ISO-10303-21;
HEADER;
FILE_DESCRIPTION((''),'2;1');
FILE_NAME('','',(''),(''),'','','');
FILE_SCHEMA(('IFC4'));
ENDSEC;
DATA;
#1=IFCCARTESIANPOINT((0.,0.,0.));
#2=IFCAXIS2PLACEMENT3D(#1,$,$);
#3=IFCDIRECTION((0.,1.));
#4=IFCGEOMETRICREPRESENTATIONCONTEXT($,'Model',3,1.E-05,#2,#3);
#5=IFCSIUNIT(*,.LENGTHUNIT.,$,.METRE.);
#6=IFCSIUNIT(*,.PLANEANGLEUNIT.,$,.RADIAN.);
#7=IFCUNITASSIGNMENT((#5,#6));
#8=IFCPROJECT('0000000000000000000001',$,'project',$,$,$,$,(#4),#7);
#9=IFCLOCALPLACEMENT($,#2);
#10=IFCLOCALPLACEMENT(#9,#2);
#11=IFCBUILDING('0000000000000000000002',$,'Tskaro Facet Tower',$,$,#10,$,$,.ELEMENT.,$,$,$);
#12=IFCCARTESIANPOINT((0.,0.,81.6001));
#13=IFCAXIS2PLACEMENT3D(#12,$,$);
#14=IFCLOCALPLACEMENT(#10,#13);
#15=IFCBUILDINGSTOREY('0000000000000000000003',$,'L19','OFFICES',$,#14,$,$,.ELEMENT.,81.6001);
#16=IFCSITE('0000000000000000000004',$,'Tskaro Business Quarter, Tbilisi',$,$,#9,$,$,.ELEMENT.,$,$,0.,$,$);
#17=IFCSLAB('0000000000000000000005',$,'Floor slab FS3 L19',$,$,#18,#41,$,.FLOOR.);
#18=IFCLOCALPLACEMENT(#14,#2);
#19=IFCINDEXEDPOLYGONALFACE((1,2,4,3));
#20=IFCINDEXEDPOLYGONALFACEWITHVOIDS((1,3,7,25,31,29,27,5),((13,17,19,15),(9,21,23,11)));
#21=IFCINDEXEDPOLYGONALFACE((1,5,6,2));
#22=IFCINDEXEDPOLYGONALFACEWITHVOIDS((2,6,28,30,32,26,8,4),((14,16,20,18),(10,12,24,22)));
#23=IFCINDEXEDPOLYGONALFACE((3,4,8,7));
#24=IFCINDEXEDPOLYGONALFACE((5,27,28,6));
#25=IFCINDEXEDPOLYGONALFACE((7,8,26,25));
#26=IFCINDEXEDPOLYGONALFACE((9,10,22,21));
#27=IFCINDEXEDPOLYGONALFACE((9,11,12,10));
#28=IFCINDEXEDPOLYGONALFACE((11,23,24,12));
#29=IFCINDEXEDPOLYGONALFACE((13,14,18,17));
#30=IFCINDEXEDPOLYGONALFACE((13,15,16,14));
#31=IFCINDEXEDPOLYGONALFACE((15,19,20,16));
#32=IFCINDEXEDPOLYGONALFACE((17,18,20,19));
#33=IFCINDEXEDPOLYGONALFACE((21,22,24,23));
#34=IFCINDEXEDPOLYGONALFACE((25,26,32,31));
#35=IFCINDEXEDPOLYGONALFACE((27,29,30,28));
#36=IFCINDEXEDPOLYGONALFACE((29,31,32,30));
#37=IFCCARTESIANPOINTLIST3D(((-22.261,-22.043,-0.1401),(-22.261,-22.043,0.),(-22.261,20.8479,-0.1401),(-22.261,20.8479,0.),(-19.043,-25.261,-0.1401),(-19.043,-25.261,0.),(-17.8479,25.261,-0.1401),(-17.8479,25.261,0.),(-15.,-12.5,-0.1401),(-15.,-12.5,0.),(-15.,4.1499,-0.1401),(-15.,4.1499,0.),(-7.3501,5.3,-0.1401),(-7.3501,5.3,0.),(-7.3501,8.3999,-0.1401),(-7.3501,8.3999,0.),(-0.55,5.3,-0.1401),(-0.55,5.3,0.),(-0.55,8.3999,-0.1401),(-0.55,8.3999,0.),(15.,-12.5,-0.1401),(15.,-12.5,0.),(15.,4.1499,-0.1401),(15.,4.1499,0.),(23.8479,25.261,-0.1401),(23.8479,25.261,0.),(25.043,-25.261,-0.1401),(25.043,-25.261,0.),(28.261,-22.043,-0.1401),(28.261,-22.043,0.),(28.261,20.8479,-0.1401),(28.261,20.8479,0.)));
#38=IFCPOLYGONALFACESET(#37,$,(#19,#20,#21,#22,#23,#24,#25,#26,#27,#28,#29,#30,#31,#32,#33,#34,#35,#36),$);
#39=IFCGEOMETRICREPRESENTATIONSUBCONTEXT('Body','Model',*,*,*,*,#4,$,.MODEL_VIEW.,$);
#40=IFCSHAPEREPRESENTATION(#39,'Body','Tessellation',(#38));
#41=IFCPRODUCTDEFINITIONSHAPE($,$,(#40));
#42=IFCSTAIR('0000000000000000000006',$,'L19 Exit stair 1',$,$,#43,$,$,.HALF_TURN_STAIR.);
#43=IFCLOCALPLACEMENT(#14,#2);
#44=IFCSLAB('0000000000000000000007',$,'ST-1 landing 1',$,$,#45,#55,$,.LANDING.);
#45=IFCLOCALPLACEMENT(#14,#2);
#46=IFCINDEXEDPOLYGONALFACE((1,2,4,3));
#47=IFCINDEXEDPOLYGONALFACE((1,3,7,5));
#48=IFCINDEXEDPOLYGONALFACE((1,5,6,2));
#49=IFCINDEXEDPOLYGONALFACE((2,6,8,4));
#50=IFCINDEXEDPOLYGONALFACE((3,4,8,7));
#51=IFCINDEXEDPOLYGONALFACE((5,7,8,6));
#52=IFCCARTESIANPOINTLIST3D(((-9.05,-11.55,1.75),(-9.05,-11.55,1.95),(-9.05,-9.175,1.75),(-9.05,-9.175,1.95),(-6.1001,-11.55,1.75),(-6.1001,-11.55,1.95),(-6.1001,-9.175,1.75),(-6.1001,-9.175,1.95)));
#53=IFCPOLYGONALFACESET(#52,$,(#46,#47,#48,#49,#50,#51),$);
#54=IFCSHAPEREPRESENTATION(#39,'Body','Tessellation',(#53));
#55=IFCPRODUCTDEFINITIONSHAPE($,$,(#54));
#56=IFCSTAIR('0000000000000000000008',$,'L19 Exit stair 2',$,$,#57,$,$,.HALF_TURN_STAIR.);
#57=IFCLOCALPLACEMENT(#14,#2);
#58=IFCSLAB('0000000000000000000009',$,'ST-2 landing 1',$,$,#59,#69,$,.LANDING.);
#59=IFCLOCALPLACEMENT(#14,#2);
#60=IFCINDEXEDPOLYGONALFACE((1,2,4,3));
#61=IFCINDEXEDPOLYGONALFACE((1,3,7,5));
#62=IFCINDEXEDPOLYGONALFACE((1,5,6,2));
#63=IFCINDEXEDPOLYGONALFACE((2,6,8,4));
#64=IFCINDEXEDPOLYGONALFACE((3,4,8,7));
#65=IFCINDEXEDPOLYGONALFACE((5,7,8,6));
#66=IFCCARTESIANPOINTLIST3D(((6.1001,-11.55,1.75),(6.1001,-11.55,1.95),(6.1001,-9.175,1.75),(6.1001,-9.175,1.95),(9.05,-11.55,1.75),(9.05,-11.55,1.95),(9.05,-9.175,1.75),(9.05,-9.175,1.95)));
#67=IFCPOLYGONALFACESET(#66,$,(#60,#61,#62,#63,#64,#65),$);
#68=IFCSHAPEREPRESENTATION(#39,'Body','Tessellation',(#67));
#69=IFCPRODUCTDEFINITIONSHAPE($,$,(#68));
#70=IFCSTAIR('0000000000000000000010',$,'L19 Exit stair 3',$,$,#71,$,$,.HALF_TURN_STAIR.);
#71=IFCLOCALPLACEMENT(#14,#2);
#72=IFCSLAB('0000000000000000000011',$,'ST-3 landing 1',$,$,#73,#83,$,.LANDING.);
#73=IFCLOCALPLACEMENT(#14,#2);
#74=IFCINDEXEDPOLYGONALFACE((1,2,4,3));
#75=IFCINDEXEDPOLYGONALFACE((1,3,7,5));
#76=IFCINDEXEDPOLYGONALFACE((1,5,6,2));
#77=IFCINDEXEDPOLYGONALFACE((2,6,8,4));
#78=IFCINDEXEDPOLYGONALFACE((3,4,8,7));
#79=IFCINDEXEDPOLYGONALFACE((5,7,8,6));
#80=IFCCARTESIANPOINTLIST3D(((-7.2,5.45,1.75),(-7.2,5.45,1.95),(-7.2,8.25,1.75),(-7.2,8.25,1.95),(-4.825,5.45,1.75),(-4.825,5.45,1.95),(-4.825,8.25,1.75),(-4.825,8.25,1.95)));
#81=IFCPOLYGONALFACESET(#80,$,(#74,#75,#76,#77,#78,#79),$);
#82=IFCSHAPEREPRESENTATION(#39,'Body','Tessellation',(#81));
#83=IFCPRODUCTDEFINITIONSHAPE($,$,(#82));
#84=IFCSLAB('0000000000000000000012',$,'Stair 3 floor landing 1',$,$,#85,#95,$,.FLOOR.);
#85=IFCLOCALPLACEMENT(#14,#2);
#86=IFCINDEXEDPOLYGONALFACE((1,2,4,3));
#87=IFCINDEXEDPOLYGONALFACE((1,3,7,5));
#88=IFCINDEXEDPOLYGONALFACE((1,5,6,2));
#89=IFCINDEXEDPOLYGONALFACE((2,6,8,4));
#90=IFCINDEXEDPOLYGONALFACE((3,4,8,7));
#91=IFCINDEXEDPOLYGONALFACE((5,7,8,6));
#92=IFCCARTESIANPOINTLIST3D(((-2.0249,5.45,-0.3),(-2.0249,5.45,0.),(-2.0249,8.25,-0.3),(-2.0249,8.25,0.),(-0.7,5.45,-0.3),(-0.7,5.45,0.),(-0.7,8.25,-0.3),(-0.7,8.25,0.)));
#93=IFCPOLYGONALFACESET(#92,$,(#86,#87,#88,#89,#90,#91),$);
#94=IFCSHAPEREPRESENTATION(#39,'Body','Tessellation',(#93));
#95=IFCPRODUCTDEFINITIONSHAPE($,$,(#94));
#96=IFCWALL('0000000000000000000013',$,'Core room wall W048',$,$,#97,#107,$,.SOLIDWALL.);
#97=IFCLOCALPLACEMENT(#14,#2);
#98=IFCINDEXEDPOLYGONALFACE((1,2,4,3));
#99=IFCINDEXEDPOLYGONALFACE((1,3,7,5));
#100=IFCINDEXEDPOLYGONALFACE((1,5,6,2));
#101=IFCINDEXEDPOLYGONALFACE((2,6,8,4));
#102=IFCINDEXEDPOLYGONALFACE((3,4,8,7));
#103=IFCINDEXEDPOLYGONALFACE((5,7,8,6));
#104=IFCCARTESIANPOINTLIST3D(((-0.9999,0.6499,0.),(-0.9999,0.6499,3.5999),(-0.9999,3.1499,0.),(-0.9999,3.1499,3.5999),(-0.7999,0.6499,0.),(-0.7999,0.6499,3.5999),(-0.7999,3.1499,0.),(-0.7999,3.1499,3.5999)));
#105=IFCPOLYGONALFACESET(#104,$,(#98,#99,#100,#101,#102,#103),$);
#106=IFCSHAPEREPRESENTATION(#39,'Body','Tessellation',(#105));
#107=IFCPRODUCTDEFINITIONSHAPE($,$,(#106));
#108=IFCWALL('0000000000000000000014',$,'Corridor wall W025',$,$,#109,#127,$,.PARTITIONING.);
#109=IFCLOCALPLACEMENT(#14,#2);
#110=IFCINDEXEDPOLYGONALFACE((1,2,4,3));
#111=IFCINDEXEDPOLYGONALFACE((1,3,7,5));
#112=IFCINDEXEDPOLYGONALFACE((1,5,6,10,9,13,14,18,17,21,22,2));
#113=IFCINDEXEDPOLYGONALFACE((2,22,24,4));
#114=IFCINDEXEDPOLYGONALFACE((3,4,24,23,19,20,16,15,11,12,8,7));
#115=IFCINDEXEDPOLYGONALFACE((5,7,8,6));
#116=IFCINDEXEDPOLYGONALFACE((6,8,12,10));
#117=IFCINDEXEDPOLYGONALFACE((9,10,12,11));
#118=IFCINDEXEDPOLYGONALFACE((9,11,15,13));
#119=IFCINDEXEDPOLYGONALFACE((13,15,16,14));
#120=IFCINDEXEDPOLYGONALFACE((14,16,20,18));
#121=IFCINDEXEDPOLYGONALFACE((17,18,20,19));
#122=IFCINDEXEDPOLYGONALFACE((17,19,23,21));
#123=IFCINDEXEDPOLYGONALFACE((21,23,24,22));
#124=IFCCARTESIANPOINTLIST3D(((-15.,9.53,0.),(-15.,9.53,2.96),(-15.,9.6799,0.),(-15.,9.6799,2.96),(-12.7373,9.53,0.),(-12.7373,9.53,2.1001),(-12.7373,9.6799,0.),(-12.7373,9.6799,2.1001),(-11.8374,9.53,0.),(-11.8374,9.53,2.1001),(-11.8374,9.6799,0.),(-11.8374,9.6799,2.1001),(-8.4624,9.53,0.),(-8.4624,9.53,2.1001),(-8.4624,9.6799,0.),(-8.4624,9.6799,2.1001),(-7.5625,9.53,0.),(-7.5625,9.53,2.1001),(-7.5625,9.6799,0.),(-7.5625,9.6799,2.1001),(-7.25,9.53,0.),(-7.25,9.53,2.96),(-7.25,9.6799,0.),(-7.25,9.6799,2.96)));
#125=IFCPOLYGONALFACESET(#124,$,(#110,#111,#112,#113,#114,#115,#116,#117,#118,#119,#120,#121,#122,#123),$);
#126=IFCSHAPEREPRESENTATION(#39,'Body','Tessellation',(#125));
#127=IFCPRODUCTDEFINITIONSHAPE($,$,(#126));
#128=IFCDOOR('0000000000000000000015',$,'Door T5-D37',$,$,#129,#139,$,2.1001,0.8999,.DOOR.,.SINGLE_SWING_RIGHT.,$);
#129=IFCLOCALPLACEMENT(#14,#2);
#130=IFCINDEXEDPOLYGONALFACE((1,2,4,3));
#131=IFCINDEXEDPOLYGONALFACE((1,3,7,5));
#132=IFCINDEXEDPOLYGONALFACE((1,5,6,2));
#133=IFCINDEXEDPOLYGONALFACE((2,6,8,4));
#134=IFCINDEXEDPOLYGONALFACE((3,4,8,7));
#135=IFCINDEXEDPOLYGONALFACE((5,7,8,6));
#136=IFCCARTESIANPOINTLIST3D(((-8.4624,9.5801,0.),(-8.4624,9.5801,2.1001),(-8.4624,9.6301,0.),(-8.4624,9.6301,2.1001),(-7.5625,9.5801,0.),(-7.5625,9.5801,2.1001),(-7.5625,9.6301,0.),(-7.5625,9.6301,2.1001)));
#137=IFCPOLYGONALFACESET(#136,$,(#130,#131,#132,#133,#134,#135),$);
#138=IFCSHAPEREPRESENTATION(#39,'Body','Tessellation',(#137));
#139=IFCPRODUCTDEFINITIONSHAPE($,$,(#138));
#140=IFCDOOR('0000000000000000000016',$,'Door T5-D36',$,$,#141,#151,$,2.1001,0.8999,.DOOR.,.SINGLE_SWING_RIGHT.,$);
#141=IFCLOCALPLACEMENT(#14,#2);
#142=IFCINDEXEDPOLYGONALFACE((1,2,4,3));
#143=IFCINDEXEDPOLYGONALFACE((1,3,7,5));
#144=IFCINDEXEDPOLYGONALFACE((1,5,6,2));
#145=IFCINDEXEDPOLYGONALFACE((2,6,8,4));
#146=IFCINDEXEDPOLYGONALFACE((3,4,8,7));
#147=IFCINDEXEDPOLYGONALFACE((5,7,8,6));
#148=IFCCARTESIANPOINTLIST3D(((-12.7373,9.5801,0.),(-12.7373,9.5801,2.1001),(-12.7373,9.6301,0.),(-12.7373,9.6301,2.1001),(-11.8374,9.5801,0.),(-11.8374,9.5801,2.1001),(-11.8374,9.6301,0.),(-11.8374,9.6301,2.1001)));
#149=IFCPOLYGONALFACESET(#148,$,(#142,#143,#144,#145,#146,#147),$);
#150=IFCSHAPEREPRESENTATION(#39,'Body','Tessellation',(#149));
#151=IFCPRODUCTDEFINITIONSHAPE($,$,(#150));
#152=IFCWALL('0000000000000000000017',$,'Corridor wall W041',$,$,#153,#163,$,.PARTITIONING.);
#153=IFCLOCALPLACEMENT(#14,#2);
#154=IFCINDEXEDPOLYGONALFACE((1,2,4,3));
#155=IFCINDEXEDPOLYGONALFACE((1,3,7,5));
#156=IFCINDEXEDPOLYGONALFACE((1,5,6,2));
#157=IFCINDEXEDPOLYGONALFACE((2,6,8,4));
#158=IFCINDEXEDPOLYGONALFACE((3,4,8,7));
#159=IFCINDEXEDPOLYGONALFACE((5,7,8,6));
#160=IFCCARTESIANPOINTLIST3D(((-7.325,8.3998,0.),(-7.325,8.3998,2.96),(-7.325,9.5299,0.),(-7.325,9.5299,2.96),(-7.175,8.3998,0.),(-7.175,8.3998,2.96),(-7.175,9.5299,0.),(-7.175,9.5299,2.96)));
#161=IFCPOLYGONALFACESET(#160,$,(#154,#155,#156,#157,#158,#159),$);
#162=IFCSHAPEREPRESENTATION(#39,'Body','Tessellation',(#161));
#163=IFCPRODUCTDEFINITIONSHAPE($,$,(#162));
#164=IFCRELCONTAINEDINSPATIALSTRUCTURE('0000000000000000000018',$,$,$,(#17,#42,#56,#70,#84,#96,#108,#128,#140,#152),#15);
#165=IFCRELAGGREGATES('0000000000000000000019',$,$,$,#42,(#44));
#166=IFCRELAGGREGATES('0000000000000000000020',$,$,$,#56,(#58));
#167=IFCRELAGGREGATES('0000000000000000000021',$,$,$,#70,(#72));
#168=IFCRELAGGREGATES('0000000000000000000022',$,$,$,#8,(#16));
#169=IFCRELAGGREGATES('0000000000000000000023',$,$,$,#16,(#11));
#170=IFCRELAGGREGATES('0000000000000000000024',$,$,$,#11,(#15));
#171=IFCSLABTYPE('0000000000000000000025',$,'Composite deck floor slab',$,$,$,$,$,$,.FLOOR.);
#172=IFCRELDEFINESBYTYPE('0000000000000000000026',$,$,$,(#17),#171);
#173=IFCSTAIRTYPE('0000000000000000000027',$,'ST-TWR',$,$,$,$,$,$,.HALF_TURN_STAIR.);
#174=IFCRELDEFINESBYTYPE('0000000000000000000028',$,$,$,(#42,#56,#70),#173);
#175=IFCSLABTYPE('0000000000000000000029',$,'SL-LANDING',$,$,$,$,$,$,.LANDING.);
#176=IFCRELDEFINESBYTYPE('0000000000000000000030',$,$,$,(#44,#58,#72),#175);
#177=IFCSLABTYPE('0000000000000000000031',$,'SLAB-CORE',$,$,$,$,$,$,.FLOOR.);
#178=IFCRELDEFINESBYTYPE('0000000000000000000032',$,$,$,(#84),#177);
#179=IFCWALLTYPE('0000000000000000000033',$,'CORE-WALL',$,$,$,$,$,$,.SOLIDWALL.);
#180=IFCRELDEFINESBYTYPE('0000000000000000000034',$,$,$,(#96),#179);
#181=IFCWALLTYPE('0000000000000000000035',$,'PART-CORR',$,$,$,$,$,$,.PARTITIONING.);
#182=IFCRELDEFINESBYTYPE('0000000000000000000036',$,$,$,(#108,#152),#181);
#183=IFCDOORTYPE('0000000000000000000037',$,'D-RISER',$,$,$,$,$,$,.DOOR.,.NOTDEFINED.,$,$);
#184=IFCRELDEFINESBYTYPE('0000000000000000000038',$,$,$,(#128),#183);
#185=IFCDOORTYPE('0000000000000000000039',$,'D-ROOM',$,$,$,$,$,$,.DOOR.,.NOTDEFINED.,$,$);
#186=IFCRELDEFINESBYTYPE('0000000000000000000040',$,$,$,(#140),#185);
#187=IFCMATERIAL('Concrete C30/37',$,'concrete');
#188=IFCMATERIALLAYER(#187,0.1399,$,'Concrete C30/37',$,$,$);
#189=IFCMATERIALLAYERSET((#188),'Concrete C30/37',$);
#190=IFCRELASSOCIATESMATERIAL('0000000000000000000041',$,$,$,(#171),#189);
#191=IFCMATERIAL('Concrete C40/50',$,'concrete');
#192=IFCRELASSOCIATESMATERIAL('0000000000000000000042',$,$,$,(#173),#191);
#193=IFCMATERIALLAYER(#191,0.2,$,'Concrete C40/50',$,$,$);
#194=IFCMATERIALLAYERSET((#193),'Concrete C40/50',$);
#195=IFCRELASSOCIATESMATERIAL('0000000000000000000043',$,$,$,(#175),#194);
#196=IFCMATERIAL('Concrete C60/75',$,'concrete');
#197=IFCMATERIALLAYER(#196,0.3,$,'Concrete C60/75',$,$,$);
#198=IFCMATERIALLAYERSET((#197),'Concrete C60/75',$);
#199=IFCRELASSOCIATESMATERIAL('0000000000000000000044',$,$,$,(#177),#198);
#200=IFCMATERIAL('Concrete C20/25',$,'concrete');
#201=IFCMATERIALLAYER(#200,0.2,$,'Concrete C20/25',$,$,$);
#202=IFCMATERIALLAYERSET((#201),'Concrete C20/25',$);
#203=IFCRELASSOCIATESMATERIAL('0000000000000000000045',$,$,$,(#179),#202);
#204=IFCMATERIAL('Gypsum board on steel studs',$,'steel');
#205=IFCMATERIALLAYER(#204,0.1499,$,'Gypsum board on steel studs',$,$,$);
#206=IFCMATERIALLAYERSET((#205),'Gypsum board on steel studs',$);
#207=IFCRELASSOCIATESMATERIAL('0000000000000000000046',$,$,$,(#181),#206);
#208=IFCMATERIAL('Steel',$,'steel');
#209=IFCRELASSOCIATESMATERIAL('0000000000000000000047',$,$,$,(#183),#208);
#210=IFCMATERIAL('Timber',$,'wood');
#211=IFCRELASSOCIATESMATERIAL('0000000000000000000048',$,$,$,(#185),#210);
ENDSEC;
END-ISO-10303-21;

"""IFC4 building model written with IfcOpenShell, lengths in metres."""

from ifc_helpers import new_model, si_unit, direction, frame, frame_2d, origin, place, context, subcontext, project, spatial, polyline, rectangle, outline, extrude, material, layer, layer_set, type_object, element, fill, aggregate, save


model = new_model("IFC4")

# Units and contexts
model_context = context("Model", 3, precision=1e-05, world=origin(), true_north=direction((0.0, 1.0)))
body_context = subcontext(model_context, "Body", "Model", "MODEL_VIEW")
ifc_project = project(units=[si_unit("LENGTHUNIT", "METRE"), si_unit("PLANEANGLEUNIT", "RADIAN")], contexts=[model_context])

# Site, building, storey
site_placement = place(None, origin())
site = spatial("IfcSite", under=ifc_project, at=site_placement, Name="Tskaro Business Quarter, Tbilisi", CompositionType="ELEMENT", RefElevation=0.0)
building_placement = place(site_placement, origin())
building = spatial("IfcBuilding", under=site, at=building_placement, Name="Tskaro Facet Tower", CompositionType="ELEMENT")
storey_placement = place(building_placement, frame((0.0, 0.0, 81.6001)))
storey = spatial("IfcBuildingStorey", under=building, at=storey_placement, Name="L19", Description="OFFICES", CompositionType="ELEMENT", Elevation=81.6001)

# Slab
ifc_material_1 = material(Name="Concrete C30/37", Category="concrete")
ifc_layer_1 = layer(ifc_material_1, 0.1399, Name="Concrete C30/37")
ifc_layer_set_1 = layer_set([ifc_layer_1], Name="Concrete C30/37")
slab_type_1 = type_object("IfcSlabType", Name="Composite deck floor slab", PredefinedType="FLOOR", material=ifc_layer_set_1)
slab_1_placement = place(storey_placement, frame((0.0, 0.0, -0.1401)))
element("IfcSlab", 1, at=slab_1_placement, inside=storey, type_object=slab_type_1, Name="Floor slab FS3 L19", PredefinedType="FLOOR", context=body_context, shape_type="SweptSolid", body=[
    extrude(outline(polyline([(-19.043, -25.261), (25.043, -25.261), (28.261, -22.043), (28.261, 20.8479), (23.8479, 25.261), (-17.8479, 25.261), (-22.261, 20.8479), (-22.261, -22.043), (-19.043, -25.261)]), holes=[polyline([(-15.0, -12.5), (15.0, -12.5), (15.0, 4.1499), (-15.0, 4.1499), (-15.0, -12.5)]), polyline([(-7.3501, 5.3), (-0.55, 5.3), (-0.55, 8.3999), (-7.3501, 8.3999), (-7.3501, 5.3)])]), origin(), (0.0, 0.0, 1.0), 0.1401),
])

# Stairs, slabs
ifc_material_2 = material(Name="Concrete C40/50", Category="concrete")
stair_type = type_object("IfcStairType", Name="ST-TWR", PredefinedType="HALF_TURN_STAIR", material=ifc_material_2)
stair_1_placement = place(storey_placement, origin())
stair_1 = element("IfcStair", 2, at=stair_1_placement, inside=storey, type_object=stair_type, Name="L19 Exit stair 1", PredefinedType="HALF_TURN_STAIR")
ifc_layer_2 = layer(ifc_material_2, 0.2, Name="Concrete C40/50")
ifc_layer_set_2 = layer_set([ifc_layer_2], Name="Concrete C40/50")
slab_type_2 = type_object("IfcSlabType", Name="SL-LANDING", PredefinedType="LANDING", material=ifc_layer_set_2)
slab_2_placement = place(storey_placement, frame((0.0, 0.0, 1.75)))
slab_2 = element("IfcSlab", 3, at=slab_2_placement, type_object=slab_type_2, Name="ST-1 landing 1", PredefinedType="LANDING", context=body_context, shape_type="SweptSolid", body=[
    extrude(outline(polyline([(-9.05, -11.55), (-6.1001, -11.55), (-6.1001, -9.175), (-9.05, -9.175), (-9.05, -11.55)])), origin(), (0.0, 0.0, 1.0), 0.2),
])
aggregate(stair_1, [slab_2])
stair_2_placement = place(storey_placement, origin())
stair_2 = element("IfcStair", 4, at=stair_2_placement, inside=storey, type_object=stair_type, Name="L19 Exit stair 2", PredefinedType="HALF_TURN_STAIR")
slab_3_placement = place(storey_placement, frame((0.0, 0.0, 1.75)))
slab_3 = element("IfcSlab", 5, at=slab_3_placement, type_object=slab_type_2, Name="ST-2 landing 1", PredefinedType="LANDING", context=body_context, shape_type="SweptSolid", body=[
    extrude(outline(polyline([(6.1001, -11.55), (9.05, -11.55), (9.05, -9.175), (6.1001, -9.175), (6.1001, -11.55)])), origin(), (0.0, 0.0, 1.0), 0.2),
])
aggregate(stair_2, [slab_3])
stair_3_placement = place(storey_placement, origin())
stair_3 = element("IfcStair", 6, at=stair_3_placement, inside=storey, type_object=stair_type, Name="L19 Exit stair 3", PredefinedType="HALF_TURN_STAIR")
slab_4_placement = place(storey_placement, frame((0.0, 0.0, 1.75)))
slab_4 = element("IfcSlab", 7, at=slab_4_placement, type_object=slab_type_2, Name="ST-3 landing 1", PredefinedType="LANDING", context=body_context, shape_type="SweptSolid", body=[
    extrude(outline(polyline([(-7.2, 5.45), (-4.825, 5.45), (-4.825, 8.25), (-7.2, 8.25), (-7.2, 5.45)])), origin(), (0.0, 0.0, 1.0), 0.2),
])

# Slab
ifc_material_3 = material(Name="Concrete C60/75", Category="concrete")
ifc_layer_3 = layer(ifc_material_3, 0.3, Name="Concrete C60/75")
ifc_layer_set_3 = layer_set([ifc_layer_3], Name="Concrete C60/75")
slab_type_3 = type_object("IfcSlabType", Name="SLAB-CORE", PredefinedType="FLOOR", material=ifc_layer_set_3)
slab_5_placement = place(storey_placement, frame((0.0, 0.0, -0.3)))
element("IfcSlab", 8, at=slab_5_placement, inside=storey, type_object=slab_type_3, Name="Stair 3 floor landing 1", PredefinedType="FLOOR", context=body_context, shape_type="SweptSolid", body=[
    extrude(outline(polyline([(-2.0249, 5.45), (-0.7, 5.45), (-0.7, 8.25), (-2.0249, 8.25), (-2.0249, 5.45)])), origin(), (0.0, 0.0, 1.0), 0.3),
])

# Wall
ifc_material_4 = material(Name="Concrete C20/25", Category="concrete")
ifc_layer_4 = layer(ifc_material_4, 0.2, Name="Concrete C20/25")
ifc_layer_set_4 = layer_set([ifc_layer_4], Name="Concrete C20/25")
wall_type_1 = type_object("IfcWallType", Name="CORE-WALL", PredefinedType="SOLIDWALL", material=ifc_layer_set_4)
wall_1_placement = place(storey_placement, frame((-0.8999, 0.6499, 0.0), z_axis=(0.0, 0.0, 1.0), x_axis=(0.0, 1.0, 0.0)))
element("IfcWall", 9, at=wall_1_placement, inside=storey, type_object=wall_type_1, Name="Core room wall W048", PredefinedType="SOLIDWALL", context=body_context, shape_type="SweptSolid", body=[
    extrude(rectangle(XDim=2.5, YDim=0.2, at=frame_2d((1.25, 0.0))), origin(), (0.0, 0.0, 1.0), 3.5999),
])

# Wall, openings, doors
ifc_material_5 = material(Name="Gypsum board on steel studs", Category="steel")
ifc_layer_5 = layer(ifc_material_5, 0.1499, Name="Gypsum board on steel studs")
ifc_layer_set_5 = layer_set([ifc_layer_5], Name="Gypsum board on steel studs")
wall_type_2 = type_object("IfcWallType", Name="PART-CORR", PredefinedType="PARTITIONING", material=ifc_layer_set_5)
wall_2_placement = place(storey_placement, frame((-7.25, 9.605, 0.0), z_axis=(0.0, 0.0, 1.0), x_axis=(-1.0, 0.0, 0.0)))
wall_2 = element("IfcWall", 10, at=wall_2_placement, inside=storey, type_object=wall_type_2, Name="Corridor wall W025", PredefinedType="PARTITIONING", context=body_context, shape_type="SweptSolid", body=[
    extrude(rectangle(XDim=7.75, YDim=0.1499, at=frame_2d((3.875, 0.0))), origin(), (0.0, 0.0, 1.0), 2.96),
])
opening_1_placement = place(wall_2_placement, frame((0.3125, 0.0, 0.0)))
opening_1 = element("IfcOpeningElement", 11, at=opening_1_placement, cuts=wall_2, PredefinedType="OPENING", context=body_context, shape_type="SweptSolid", body=[
    extrude(rectangle(XDim=0.8999, YDim=2.1001, at=frame_2d((0.45, 1.05))), frame((0.0, 0.085, 0.0), z_axis=(0.0, -1.0, 0.0), x_axis=(1.0, 0.0, 0.0)), (0.0, 0.0, 1.0), 0.1699),
])
opening_2_placement = place(wall_2_placement, frame((4.5874, 0.0, 0.0)))
opening_2 = element("IfcOpeningElement", 12, at=opening_2_placement, cuts=wall_2, PredefinedType="OPENING", context=body_context, shape_type="SweptSolid", body=[
    extrude(rectangle(XDim=0.8999, YDim=2.1001, at=frame_2d((0.45, 1.05))), frame((0.0, 0.085, 0.0), z_axis=(0.0, -1.0, 0.0), x_axis=(1.0, 0.0, 0.0)), (0.0, 0.0, 1.0), 0.1699),
])
ifc_material_6 = material(Name="Steel", Category="steel")
door_type_1 = type_object("IfcDoorType", Name="D-RISER", OperationType="NOTDEFINED", PredefinedType="DOOR", material=ifc_material_6)
door_1_placement = place(opening_1_placement, origin())
door_1 = element("IfcDoor", 13, at=door_1_placement, inside=storey, type_object=door_type_1, Name="Door T5-D37", OperationType="SINGLE_SWING_RIGHT", OverallHeight=2.1001, OverallWidth=0.8999, PredefinedType="DOOR", context=body_context, shape_type="SweptSolid", body=[
    extrude(rectangle(XDim=0.8999, YDim=2.1001, at=frame_2d((0.45, 1.05))), frame((0.0, 0.0249, 0.0), z_axis=(0.0, -1.0, 0.0), x_axis=(1.0, 0.0, 0.0)), (0.0, 0.0, 1.0), 0.05),
])
fill(opening_1, door_1)
ifc_material_7 = material(Name="Timber", Category="wood")
door_type_2 = type_object("IfcDoorType", Name="D-ROOM", OperationType="NOTDEFINED", PredefinedType="DOOR", material=ifc_material_7)
door_2_placement = place(opening_2_placement, origin())
door_2 = element("IfcDoor", 14, at=door_2_placement, inside=storey, type_object=door_type_2, Name="Door T5-D36", OperationType="SINGLE_SWING_RIGHT", OverallHeight=2.1001, OverallWidth=0.8999, PredefinedType="DOOR", context=body_context, shape_type="SweptSolid", body=[
    extrude(rectangle(XDim=0.8999, YDim=2.1001, at=frame_2d((0.45, 1.05))), frame((0.0, 0.0249, 0.0), z_axis=(0.0, -1.0, 0.0), x_axis=(1.0, 0.0, 0.0)), (0.0, 0.0, 1.0), 0.05),
])
fill(opening_2, door_2)

# Wall
wall_3_placement = place(storey_placement, frame((-7.25, 8.3999, 0.0), z_axis=(0.0, 0.0, 1.0), x_axis=(0.0, 1.0, 0.0)))
element("IfcWall", 15, at=wall_3_placement, inside=storey, type_object=wall_type_2, Name="Corridor wall W041", PredefinedType="PARTITIONING", context=body_context, shape_type="SweptSolid", body=[
    extrude(rectangle(XDim=1.1301, YDim=0.1499, at=frame_2d((0.5649, 0.0))), origin(), (0.0, 0.0, 1.0), 2.96),
])

aggregate(stair_3, [slab_4])

save(model, "model.ifc")
